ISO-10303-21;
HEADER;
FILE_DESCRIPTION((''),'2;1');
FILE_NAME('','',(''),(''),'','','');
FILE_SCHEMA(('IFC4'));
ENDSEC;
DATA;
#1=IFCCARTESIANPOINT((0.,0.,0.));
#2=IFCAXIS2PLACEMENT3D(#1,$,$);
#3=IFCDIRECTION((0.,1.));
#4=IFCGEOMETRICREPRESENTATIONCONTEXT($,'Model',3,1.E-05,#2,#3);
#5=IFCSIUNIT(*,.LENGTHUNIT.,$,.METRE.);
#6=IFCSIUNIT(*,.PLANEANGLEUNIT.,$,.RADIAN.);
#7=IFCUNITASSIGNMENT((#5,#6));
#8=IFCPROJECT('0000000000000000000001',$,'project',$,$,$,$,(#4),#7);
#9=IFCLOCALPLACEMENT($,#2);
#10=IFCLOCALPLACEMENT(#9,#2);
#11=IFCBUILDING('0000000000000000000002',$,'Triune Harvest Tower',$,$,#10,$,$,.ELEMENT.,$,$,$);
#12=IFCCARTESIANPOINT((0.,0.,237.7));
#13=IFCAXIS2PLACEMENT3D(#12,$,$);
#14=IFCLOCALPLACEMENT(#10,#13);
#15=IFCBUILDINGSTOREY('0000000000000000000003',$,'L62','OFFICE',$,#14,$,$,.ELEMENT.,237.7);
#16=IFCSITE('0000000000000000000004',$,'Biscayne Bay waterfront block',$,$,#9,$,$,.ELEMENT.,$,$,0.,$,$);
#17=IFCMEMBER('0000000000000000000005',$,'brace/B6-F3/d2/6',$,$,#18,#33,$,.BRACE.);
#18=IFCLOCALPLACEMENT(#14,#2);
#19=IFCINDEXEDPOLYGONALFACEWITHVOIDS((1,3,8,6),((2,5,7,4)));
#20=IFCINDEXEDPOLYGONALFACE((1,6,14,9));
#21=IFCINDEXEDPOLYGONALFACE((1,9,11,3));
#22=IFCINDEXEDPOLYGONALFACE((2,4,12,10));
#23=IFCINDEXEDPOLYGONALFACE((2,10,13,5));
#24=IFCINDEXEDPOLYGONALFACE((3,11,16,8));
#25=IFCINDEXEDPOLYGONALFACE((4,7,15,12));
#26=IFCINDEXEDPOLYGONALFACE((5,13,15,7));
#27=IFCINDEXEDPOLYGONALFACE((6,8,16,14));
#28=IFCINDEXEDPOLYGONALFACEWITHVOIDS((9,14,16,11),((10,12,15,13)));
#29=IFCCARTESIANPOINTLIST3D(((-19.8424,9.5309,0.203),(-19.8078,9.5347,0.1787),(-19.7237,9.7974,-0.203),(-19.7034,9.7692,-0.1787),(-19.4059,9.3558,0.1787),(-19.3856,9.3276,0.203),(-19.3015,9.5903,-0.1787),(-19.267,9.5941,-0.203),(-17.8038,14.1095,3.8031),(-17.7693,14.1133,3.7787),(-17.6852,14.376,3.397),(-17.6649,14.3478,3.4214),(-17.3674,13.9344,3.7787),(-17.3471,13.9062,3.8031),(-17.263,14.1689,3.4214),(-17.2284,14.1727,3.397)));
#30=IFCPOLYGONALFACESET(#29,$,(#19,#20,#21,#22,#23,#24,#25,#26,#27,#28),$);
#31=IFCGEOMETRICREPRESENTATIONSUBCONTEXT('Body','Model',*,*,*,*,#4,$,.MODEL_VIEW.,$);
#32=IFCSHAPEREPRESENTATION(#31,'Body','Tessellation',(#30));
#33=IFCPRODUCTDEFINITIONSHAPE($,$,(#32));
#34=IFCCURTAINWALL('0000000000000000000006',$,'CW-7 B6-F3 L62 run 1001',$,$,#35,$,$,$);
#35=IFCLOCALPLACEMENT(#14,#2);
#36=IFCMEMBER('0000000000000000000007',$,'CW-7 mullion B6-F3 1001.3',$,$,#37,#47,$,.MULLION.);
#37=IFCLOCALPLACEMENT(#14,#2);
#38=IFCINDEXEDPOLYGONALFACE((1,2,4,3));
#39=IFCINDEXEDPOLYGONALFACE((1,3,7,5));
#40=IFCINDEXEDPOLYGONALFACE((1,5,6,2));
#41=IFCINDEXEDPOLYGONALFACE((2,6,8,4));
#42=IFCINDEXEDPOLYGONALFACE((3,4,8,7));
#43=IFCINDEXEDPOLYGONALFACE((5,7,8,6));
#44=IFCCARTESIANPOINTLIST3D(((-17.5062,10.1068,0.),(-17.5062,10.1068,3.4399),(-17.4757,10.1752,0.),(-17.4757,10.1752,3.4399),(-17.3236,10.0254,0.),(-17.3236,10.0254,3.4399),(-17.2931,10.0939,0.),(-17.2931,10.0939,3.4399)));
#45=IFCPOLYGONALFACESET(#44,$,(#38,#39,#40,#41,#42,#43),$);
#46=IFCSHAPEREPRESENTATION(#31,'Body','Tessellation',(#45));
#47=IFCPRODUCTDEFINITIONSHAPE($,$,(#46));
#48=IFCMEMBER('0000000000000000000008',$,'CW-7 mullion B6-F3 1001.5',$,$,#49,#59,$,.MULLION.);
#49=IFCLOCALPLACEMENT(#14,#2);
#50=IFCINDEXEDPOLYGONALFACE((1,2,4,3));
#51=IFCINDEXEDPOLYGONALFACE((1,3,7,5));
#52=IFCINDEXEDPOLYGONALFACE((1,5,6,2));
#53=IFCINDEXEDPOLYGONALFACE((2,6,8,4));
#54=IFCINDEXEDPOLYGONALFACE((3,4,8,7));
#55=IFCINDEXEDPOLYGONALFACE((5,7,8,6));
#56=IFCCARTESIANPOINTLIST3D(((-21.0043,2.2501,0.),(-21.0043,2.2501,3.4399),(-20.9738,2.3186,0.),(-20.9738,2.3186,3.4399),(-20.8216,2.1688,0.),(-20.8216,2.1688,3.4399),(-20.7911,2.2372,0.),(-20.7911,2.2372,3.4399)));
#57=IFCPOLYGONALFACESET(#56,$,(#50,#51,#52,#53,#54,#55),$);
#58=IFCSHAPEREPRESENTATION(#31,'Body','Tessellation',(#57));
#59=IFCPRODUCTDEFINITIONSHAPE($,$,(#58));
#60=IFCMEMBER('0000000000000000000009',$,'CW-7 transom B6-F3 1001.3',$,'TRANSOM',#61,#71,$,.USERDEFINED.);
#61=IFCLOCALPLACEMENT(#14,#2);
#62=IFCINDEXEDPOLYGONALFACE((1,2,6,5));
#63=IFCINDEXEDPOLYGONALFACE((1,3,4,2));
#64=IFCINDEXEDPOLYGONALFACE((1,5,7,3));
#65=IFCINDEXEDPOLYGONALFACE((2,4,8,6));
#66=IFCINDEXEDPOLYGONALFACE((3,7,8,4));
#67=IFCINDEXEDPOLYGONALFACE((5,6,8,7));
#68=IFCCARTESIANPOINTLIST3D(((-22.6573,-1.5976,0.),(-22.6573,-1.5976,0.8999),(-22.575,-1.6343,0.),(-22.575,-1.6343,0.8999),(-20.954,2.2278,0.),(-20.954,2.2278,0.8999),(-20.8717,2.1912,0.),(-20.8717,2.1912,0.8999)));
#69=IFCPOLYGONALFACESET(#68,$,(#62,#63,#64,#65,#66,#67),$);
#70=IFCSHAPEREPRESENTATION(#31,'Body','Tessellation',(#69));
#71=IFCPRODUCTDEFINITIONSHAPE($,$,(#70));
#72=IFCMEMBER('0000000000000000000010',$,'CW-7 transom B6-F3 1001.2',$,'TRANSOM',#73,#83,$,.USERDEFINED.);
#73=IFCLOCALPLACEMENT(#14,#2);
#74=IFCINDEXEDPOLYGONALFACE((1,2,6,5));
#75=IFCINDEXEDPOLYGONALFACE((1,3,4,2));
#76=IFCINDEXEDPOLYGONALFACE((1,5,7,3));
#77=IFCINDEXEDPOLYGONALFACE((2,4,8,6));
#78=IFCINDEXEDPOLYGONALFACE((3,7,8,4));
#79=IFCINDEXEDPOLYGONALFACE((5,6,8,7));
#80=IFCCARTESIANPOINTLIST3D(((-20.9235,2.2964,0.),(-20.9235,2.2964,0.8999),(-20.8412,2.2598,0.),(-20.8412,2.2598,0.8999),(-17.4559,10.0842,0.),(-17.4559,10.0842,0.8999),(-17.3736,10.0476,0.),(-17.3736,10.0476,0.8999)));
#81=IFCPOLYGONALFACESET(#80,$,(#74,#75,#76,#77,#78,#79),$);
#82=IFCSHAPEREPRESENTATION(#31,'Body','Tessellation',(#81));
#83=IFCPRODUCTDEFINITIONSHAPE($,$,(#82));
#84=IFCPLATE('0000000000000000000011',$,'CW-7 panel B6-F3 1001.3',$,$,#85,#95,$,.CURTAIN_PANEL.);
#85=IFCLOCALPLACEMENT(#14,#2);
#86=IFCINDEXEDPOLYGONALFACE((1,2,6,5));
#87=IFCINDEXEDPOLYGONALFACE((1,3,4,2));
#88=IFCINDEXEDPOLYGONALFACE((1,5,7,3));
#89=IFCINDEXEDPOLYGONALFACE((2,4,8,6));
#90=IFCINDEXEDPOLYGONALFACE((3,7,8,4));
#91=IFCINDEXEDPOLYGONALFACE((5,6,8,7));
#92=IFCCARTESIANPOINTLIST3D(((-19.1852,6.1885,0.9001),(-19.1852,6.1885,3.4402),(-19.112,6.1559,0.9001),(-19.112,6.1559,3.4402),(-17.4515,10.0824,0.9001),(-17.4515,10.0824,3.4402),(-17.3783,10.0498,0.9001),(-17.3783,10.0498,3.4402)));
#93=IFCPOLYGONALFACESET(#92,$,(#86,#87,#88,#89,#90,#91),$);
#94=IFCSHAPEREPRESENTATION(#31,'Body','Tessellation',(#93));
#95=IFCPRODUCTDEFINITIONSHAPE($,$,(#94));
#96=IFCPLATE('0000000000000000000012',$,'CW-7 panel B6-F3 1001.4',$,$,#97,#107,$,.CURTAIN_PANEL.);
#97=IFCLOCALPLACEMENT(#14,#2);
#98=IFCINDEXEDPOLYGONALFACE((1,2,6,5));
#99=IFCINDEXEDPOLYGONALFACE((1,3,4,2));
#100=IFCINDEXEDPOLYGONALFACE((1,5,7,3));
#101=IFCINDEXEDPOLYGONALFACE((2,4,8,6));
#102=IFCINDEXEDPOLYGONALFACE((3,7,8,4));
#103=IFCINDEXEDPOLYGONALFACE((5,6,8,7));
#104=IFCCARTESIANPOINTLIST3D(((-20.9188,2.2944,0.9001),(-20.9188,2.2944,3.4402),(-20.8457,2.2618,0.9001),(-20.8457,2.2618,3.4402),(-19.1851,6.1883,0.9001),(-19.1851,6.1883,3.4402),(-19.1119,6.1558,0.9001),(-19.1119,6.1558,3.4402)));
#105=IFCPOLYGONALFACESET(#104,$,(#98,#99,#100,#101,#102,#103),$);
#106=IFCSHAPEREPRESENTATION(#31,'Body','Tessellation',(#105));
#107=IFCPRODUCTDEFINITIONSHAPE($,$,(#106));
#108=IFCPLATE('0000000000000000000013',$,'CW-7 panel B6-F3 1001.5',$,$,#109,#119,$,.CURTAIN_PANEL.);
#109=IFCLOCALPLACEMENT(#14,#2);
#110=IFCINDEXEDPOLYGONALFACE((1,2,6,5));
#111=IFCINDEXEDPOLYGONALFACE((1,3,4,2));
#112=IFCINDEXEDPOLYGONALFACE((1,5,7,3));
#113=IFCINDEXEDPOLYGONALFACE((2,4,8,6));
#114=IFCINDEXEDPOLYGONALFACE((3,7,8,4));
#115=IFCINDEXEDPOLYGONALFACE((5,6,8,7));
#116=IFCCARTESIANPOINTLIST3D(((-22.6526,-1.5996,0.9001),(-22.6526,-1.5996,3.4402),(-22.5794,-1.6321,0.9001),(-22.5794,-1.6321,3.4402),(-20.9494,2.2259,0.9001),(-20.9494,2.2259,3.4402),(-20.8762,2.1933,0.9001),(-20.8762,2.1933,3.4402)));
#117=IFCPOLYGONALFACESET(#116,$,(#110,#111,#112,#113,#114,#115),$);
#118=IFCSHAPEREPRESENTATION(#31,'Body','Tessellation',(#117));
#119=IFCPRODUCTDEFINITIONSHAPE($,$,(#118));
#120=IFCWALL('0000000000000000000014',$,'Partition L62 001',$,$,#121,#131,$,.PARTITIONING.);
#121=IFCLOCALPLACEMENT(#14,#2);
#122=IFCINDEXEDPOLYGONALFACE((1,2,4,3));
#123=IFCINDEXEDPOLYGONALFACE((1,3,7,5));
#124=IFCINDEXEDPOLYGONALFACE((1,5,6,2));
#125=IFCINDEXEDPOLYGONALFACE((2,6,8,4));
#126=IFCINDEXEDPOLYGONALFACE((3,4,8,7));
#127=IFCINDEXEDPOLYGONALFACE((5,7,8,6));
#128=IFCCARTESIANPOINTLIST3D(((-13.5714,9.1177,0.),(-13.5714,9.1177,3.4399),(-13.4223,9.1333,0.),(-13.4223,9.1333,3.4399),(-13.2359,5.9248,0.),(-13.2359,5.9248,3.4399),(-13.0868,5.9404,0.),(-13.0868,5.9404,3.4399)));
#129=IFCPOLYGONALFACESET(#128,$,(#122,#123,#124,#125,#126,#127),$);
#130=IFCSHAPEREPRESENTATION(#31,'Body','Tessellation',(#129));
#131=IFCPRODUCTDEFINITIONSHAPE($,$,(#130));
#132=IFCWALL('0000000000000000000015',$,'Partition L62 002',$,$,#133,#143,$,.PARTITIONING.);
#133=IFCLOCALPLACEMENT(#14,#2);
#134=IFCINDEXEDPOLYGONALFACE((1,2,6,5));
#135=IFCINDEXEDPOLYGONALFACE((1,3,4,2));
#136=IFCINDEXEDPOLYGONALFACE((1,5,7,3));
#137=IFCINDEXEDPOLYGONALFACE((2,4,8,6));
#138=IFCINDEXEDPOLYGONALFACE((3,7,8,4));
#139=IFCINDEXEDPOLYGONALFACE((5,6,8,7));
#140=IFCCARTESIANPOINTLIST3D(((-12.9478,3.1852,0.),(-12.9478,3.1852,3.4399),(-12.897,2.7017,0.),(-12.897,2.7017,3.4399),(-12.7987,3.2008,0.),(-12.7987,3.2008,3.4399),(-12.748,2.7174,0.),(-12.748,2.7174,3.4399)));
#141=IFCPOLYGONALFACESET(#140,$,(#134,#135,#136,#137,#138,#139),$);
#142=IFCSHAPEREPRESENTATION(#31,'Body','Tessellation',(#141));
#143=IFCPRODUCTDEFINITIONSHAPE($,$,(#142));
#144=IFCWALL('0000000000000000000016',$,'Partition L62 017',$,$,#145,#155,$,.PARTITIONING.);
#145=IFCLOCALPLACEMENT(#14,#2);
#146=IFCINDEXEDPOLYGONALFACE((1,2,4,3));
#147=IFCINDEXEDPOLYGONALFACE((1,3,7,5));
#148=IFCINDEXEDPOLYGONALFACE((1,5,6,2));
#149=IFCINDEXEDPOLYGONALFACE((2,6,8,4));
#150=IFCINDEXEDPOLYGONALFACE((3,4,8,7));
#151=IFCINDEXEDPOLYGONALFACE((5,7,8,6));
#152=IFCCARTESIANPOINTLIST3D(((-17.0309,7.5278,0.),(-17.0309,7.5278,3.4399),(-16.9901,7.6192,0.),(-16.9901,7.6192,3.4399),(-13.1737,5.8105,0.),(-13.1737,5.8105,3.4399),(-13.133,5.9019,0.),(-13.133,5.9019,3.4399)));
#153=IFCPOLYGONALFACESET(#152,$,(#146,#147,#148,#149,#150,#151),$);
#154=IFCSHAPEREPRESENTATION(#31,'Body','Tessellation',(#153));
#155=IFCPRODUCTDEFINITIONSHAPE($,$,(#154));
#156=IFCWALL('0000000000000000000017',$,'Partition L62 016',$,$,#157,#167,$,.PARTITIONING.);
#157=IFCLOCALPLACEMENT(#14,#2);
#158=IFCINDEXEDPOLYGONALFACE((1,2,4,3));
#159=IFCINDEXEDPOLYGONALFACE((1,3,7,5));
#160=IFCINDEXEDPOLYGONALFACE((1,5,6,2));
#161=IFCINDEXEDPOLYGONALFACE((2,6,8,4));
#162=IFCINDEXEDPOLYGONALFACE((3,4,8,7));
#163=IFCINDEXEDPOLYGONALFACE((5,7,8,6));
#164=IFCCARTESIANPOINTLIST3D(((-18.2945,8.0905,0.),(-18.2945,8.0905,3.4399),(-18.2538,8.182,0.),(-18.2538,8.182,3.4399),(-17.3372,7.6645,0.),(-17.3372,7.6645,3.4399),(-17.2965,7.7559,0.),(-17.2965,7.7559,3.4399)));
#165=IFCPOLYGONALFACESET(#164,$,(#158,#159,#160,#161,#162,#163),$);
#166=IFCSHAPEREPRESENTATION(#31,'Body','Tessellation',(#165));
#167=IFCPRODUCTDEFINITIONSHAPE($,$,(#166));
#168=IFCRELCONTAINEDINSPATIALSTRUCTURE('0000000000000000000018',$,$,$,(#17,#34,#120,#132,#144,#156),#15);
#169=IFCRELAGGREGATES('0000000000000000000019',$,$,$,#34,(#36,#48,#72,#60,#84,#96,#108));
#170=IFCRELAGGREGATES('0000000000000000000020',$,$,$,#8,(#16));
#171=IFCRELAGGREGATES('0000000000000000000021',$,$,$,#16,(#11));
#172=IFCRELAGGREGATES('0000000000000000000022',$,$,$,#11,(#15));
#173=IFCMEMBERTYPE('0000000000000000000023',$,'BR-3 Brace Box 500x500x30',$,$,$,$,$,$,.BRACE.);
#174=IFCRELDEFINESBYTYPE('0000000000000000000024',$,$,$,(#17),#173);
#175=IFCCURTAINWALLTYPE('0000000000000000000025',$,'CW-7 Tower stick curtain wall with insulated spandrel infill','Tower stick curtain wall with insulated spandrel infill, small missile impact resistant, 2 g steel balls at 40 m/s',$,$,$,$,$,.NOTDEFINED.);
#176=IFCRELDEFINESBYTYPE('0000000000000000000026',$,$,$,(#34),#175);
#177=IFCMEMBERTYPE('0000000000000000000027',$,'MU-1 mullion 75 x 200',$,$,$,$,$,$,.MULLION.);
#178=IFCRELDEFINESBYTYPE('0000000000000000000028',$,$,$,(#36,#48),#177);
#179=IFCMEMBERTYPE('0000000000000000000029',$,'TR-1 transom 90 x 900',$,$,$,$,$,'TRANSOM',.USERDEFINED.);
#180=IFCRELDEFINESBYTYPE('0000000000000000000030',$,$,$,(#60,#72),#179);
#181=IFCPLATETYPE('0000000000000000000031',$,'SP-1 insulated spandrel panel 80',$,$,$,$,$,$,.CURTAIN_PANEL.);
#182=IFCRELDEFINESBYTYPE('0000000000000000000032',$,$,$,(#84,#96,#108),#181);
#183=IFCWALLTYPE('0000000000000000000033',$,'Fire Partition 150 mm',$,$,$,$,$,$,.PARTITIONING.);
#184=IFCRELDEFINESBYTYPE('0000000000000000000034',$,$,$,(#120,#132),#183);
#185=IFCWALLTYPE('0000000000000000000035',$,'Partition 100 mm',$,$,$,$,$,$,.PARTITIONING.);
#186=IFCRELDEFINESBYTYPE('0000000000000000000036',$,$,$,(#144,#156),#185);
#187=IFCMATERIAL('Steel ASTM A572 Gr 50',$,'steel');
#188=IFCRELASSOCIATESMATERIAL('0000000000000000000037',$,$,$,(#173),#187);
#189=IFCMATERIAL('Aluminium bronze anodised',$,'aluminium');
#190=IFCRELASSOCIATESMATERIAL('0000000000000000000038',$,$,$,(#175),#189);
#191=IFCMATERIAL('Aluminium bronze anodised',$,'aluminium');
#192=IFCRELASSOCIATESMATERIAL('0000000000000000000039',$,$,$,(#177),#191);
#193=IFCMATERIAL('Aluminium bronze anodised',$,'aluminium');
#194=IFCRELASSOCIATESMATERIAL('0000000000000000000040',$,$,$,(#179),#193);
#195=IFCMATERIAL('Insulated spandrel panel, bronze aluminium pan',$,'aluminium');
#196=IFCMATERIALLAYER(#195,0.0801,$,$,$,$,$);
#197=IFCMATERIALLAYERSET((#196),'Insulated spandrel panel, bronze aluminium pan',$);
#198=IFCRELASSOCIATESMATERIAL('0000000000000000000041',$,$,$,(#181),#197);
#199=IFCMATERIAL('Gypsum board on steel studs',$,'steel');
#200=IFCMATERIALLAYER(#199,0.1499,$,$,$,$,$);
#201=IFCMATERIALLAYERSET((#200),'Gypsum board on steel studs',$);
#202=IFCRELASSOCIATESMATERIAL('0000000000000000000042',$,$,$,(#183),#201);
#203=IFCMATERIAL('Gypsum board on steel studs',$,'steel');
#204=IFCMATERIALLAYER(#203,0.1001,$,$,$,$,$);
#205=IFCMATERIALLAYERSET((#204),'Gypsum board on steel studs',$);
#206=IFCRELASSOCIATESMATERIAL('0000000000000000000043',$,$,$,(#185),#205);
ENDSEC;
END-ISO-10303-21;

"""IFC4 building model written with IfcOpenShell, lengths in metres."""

from ifc_helpers import new_model, si_unit, direction, frame, frame_2d, origin, origin_2d, place, context, subcontext, project, spatial, rectangle, hollow_rectangle, extrude, source, transform, mapped, material, layer, layer_set, material_profile, profile_set, type_object, element, aggregate, save


model = new_model("IFC4")

# Units and contexts
model_context = context("Model", 3, precision=1e-05, world=origin(), true_north=direction((0.0, 1.0)))
body_context = subcontext(model_context, "Body", "Model", "MODEL_VIEW")
ifc_project = project(units=[si_unit("LENGTHUNIT", "METRE"), si_unit("PLANEANGLEUNIT", "RADIAN")], contexts=[model_context])

# Site, building, storey
site_placement = place(None, origin())
site = spatial("IfcSite", under=ifc_project, at=site_placement, Name="Biscayne Bay waterfront block", CompositionType="ELEMENT", RefElevation=0.0)
building_placement = place(site_placement, origin())
building = spatial("IfcBuilding", under=site, at=building_placement, Name="Triune Harvest Tower", CompositionType="ELEMENT")
storey_placement = place(building_placement, frame((0.0, 0.0, 237.7)))
storey = spatial("IfcBuildingStorey", under=building, at=storey_placement, Name="L62", Description="OFFICE", CompositionType="ELEMENT", Elevation=237.7)

# Member
ifc_material_1 = material(Name="Steel ASTM A572 Gr 50", Category="steel")
ifc_material_profile_1 = material_profile(ifc_material_1, hollow_rectangle(XDim=0.5, YDim=0.5, WallThickness=0.03, at=origin_2d()), Name="Box 500x500x30")
ifc_profile_set_1 = profile_set([ifc_material_profile_1], Name="Steel ASTM A572 Gr 50")
member_type_1 = type_object("IfcMemberType", Name="BR-3 Brace Box 500x500x30", PredefinedType="BRACE", material=ifc_profile_set_1)
shared_shape_1 = source(origin(), body_context, "Body", "SweptSolid", [
    extrude(hollow_rectangle(XDim=0.5, YDim=0.5, WallThickness=0.03, at=origin_2d()), origin(), (0.0, 0.0, 1.0), 6.1709),
])
for number, where, z_axis, x_axis, name in (
    (1, (-19.5547, 9.5625, 0.0), (0.330352, 0.741967, 0.583398), (-0.913542, 0.406744, 0.0), "brace/B6-F3/d2/6"),
):
    element("IfcMember", number, at=place(storey_placement, frame(where, z_axis=z_axis, x_axis=x_axis)), inside=storey, type_object=member_type_1, Name=name, PredefinedType="BRACE", context=body_context, shape_type="MappedRepresentation", body=[
        mapped(shared_shape_1, transform((0.0, 0.0, 0.0), scale=1.0)),
    ])

# Curtain wall, members, plates
ifc_material_2 = material(Name="Aluminium bronze anodised", Category="aluminium")
curtain_wall_type = type_object("IfcCurtainWallType", Name="CW-7 Tower stick curtain wall with insulated spandrel infill", Description="Tower stick curtain wall with insulated spandrel infill, small missile impact resistant, 2 g steel balls at 40 m/s", PredefinedType="NOTDEFINED", material=ifc_material_2)
curtain_wall_placement = place(storey_placement, origin())
curtain_wall = element("IfcCurtainWall", 2, at=curtain_wall_placement, inside=storey, type_object=curtain_wall_type, Name="CW-7 B6-F3 L62 run 1001")
ifc_material_3 = material(Name="Aluminium bronze anodised", Category="aluminium")
ifc_material_profile_2 = material_profile(ifc_material_3, rectangle(XDim=0.2, YDim=0.075, at=origin_2d()), Name="MU-1 mullion 75 x 200")
ifc_profile_set_2 = profile_set([ifc_material_profile_2], Name="Aluminium bronze anodised")
member_type_2 = type_object("IfcMemberType", Name="MU-1 mullion 75 x 200", PredefinedType="MULLION", material=ifc_profile_set_2)
shared_shape_2 = source(origin(), body_context, "Body", "SweptSolid", [
    extrude(rectangle(XDim=0.2, YDim=0.075, at=origin_2d()), origin(), (0.0, 0.0, 1.0), 3.4399),
])
member_1_placement = place(storey_placement, frame((-17.3997, 10.1003, 0.0), z_axis=(0.0, 0.0, 1.0), x_axis=(0.913543, -0.406742, 0.0)))
member_1 = element("IfcMember", 3, at=member_1_placement, type_object=member_type_2, Name="CW-7 mullion B6-F3 1001.3", PredefinedType="MULLION", context=body_context, shape_type="MappedRepresentation", body=[
    mapped(shared_shape_2, transform((0.0, 0.0, 0.0), scale=1.0)),
])
member_2_placement = place(storey_placement, frame((-20.8977, 2.2437, 0.0), z_axis=(0.0, 0.0, 1.0), x_axis=(0.913543, -0.406742, 0.0)))
member_2 = element("IfcMember", 4, at=member_2_placement, type_object=member_type_2, Name="CW-7 mullion B6-F3 1001.5", PredefinedType="MULLION", context=body_context, shape_type="MappedRepresentation", body=[
    mapped(shared_shape_2, transform((0.0, 0.0, 0.0), scale=1.0)),
])
ifc_material_4 = material(Name="Aluminium bronze anodised", Category="aluminium")
ifc_material_profile_3 = material_profile(ifc_material_4, rectangle(XDim=0.0901, YDim=0.8999, at=origin_2d()), Name="TR-1 transom 90 x 900")
ifc_profile_set_3 = profile_set([ifc_material_profile_3], Name="Aluminium bronze anodised")
member_type_3 = type_object("IfcMemberType", Name="TR-1 transom 90 x 900", ElementType="TRANSOM", PredefinedType="USERDEFINED", material=ifc_profile_set_3)
shared_shape_3 = source(origin(), body_context, "Body", "SweptSolid", [
    extrude(rectangle(XDim=0.0901, YDim=0.8999, at=origin_2d()), origin(), (0.0, 0.0, 1.0), 4.1875),
])
member_3_placement = place(storey_placement, frame((-20.9128, 2.2095, 0.45), z_axis=(-0.406771, -0.91353, 0.0), x_axis=(0.91353, -0.406771, 0.0)))
member_3 = element("IfcMember", 5, at=member_3_placement, type_object=member_type_3, Name="CW-7 transom B6-F3 1001.3", ObjectType="TRANSOM", PredefinedType="USERDEFINED", context=body_context, shape_type="MappedRepresentation", body=[
    mapped(shared_shape_3, transform((0.0, 0.0, 0.0), scale=1.0)),
])
shared_shape_4 = source(origin(), body_context, "Body", "SweptSolid", [
    extrude(rectangle(XDim=0.0901, YDim=0.8999, at=origin_2d()), origin(), (0.0, 0.0, 1.0), 8.5249),
])
member_4_placement = place(storey_placement, frame((-17.4148, 10.0659, 0.45), z_axis=(-0.406752, -0.913539, 0.0), x_axis=(0.913539, -0.406752, 0.0)))
member_4 = element("IfcMember", 6, at=member_4_placement, type_object=member_type_3, Name="CW-7 transom B6-F3 1001.2", ObjectType="TRANSOM", PredefinedType="USERDEFINED", context=body_context, shape_type="MappedRepresentation", body=[
    mapped(shared_shape_4, transform((0.0, 0.0, 0.0), scale=1.0)),
])
ifc_material_5 = material(Name="Insulated spandrel panel, bronze aluminium pan", Category="aluminium")
ifc_layer_1 = layer(ifc_material_5, 0.0801)
ifc_layer_set_1 = layer_set([ifc_layer_1], Name="Insulated spandrel panel, bronze aluminium pan")
plate_type = type_object("IfcPlateType", Name="SP-1 insulated spandrel panel 80", PredefinedType="CURTAIN_PANEL", material=ifc_layer_set_1)
shared_shape_5 = source(origin(), body_context, "Body", "SweptSolid", [
    extrude(rectangle(XDim=4.2625, YDim=0.0801, at=origin_2d()), origin(), (0.0, 0.0, 1.0), 2.54),
])
plate_1_placement = place(storey_placement, frame((-18.2817, 8.1191, 0.9001), z_axis=(0.0, 0.0, 1.0), x_axis=(-0.406742, -0.913543, 0.0)))
plate_1 = element("IfcPlate", 7, at=plate_1_placement, type_object=plate_type, Name="CW-7 panel B6-F3 1001.3", PredefinedType="CURTAIN_PANEL", context=body_context, shape_type="MappedRepresentation", body=[
    mapped(shared_shape_5, transform((0.0, 0.0, 0.0), scale=1.0)),
])
plate_2_placement = place(storey_placement, frame((-20.0154, 4.2251, 0.9001), z_axis=(0.0, 0.0, 1.0), x_axis=(-0.406742, -0.913543, 0.0)))
plate_2 = element("IfcPlate", 8, at=plate_2_placement, type_object=plate_type, Name="CW-7 panel B6-F3 1001.4", PredefinedType="CURTAIN_PANEL", context=body_context, shape_type="MappedRepresentation", body=[
    mapped(shared_shape_5, transform((0.0, 0.0, 0.0), scale=1.0)),
])
shared_shape_6 = source(origin(), body_context, "Body", "SweptSolid", [
    extrude(rectangle(XDim=4.1875, YDim=0.0801, at=origin_2d()), origin(), (0.0, 0.0, 1.0), 2.54),
])
plate_3_placement = place(storey_placement, frame((-21.7644, 0.2969, 0.9001), z_axis=(0.0, 0.0, 1.0), x_axis=(-0.406742, -0.913543, 0.0)))
plate_3 = element("IfcPlate", 9, at=plate_3_placement, type_object=plate_type, Name="CW-7 panel B6-F3 1001.5", PredefinedType="CURTAIN_PANEL", context=body_context, shape_type="MappedRepresentation", body=[
    mapped(shared_shape_6, transform((0.0, 0.0, 0.0), scale=1.0)),
])
aggregate(curtain_wall, [member_1, member_2, member_4, member_3, plate_1, plate_2, plate_3])

# Walls
ifc_material_6 = material(Name="Gypsum board on steel studs", Category="steel")
ifc_layer_2 = layer(ifc_material_6, 0.1499)
ifc_layer_set_2 = layer_set([ifc_layer_2], Name="Gypsum board on steel studs")
wall_type_1 = type_object("IfcWallType", Name="Fire Partition 150 mm", PredefinedType="PARTITIONING", material=ifc_layer_set_2)
wall_1_placement = place(storey_placement, frame((-13.4968, 9.1255, 0.0), z_axis=(0.0, 0.0, 1.0), x_axis=(0.104487, -0.994526, 0.0)))
element("IfcWall", 10, at=wall_1_placement, inside=storey, type_object=wall_type_1, Name="Partition L62 001", PredefinedType="PARTITIONING", context=body_context, shape_type="SweptSolid", body=[
    extrude(rectangle(XDim=3.2104, YDim=0.1499, at=frame_2d((1.6052, 0.0))), origin(), (0.0, 0.0, 1.0), 3.4399),
])
wall_2_placement = place(storey_placement, frame((-12.8733, 3.1931, 0.0), z_axis=(0.0, 0.0, 1.0), x_axis=(0.104476, -0.994527, 0.0)))
element("IfcWall", 11, at=wall_2_placement, inside=storey, type_object=wall_type_1, Name="Partition L62 002", PredefinedType="PARTITIONING", context=body_context, shape_type="SweptSolid", body=[
    extrude(rectangle(XDim=0.4861, YDim=0.1499, at=frame_2d((0.2432, 0.0))), origin(), (0.0, 0.0, 1.0), 3.4399),
])
ifc_material_7 = material(Name="Gypsum board on steel studs", Category="steel")
ifc_layer_3 = layer(ifc_material_7, 0.1001)
ifc_layer_set_3 = layer_set([ifc_layer_3], Name="Gypsum board on steel studs")
wall_type_2 = type_object("IfcWallType", Name="Partition 100 mm", PredefinedType="PARTITIONING", material=ifc_layer_set_3)
wall_3_placement = place(storey_placement, frame((-17.0105, 7.5735, 0.0), z_axis=(0.0, 0.0, 1.0), x_axis=(0.913549, -0.406729, 0.0)))
element("IfcWall", 12, at=wall_3_placement, inside=storey, type_object=wall_type_2, Name="Partition L62 017", PredefinedType="PARTITIONING", context=body_context, shape_type="SweptSolid", body=[
    extrude(rectangle(XDim=4.2222, YDim=0.1001, at=frame_2d((2.1111, 0.0))), origin(), (0.0, 0.0, 1.0), 3.4399),
])
shared_shape_7 = source(origin(), body_context, "Body", "SweptSolid", [
    extrude(rectangle(XDim=1.0479, YDim=0.1001, at=frame_2d((0.5239, 0.0))), origin(), (0.0, 0.0, 1.0), 3.4399),
])
wall_4_placement = place(storey_placement, frame((-18.2742, 8.1362, 0.0), z_axis=(0.0, 0.0, 1.0), x_axis=(0.91361, -0.406592, 0.0)))
element("IfcWall", 13, at=wall_4_placement, inside=storey, type_object=wall_type_2, Name="Partition L62 016", PredefinedType="PARTITIONING", context=body_context, shape_type="MappedRepresentation", body=[
    mapped(shared_shape_7, transform((0.0, 0.0, 0.0), scale=1.0)),
])

save(model, "model.ifc")
